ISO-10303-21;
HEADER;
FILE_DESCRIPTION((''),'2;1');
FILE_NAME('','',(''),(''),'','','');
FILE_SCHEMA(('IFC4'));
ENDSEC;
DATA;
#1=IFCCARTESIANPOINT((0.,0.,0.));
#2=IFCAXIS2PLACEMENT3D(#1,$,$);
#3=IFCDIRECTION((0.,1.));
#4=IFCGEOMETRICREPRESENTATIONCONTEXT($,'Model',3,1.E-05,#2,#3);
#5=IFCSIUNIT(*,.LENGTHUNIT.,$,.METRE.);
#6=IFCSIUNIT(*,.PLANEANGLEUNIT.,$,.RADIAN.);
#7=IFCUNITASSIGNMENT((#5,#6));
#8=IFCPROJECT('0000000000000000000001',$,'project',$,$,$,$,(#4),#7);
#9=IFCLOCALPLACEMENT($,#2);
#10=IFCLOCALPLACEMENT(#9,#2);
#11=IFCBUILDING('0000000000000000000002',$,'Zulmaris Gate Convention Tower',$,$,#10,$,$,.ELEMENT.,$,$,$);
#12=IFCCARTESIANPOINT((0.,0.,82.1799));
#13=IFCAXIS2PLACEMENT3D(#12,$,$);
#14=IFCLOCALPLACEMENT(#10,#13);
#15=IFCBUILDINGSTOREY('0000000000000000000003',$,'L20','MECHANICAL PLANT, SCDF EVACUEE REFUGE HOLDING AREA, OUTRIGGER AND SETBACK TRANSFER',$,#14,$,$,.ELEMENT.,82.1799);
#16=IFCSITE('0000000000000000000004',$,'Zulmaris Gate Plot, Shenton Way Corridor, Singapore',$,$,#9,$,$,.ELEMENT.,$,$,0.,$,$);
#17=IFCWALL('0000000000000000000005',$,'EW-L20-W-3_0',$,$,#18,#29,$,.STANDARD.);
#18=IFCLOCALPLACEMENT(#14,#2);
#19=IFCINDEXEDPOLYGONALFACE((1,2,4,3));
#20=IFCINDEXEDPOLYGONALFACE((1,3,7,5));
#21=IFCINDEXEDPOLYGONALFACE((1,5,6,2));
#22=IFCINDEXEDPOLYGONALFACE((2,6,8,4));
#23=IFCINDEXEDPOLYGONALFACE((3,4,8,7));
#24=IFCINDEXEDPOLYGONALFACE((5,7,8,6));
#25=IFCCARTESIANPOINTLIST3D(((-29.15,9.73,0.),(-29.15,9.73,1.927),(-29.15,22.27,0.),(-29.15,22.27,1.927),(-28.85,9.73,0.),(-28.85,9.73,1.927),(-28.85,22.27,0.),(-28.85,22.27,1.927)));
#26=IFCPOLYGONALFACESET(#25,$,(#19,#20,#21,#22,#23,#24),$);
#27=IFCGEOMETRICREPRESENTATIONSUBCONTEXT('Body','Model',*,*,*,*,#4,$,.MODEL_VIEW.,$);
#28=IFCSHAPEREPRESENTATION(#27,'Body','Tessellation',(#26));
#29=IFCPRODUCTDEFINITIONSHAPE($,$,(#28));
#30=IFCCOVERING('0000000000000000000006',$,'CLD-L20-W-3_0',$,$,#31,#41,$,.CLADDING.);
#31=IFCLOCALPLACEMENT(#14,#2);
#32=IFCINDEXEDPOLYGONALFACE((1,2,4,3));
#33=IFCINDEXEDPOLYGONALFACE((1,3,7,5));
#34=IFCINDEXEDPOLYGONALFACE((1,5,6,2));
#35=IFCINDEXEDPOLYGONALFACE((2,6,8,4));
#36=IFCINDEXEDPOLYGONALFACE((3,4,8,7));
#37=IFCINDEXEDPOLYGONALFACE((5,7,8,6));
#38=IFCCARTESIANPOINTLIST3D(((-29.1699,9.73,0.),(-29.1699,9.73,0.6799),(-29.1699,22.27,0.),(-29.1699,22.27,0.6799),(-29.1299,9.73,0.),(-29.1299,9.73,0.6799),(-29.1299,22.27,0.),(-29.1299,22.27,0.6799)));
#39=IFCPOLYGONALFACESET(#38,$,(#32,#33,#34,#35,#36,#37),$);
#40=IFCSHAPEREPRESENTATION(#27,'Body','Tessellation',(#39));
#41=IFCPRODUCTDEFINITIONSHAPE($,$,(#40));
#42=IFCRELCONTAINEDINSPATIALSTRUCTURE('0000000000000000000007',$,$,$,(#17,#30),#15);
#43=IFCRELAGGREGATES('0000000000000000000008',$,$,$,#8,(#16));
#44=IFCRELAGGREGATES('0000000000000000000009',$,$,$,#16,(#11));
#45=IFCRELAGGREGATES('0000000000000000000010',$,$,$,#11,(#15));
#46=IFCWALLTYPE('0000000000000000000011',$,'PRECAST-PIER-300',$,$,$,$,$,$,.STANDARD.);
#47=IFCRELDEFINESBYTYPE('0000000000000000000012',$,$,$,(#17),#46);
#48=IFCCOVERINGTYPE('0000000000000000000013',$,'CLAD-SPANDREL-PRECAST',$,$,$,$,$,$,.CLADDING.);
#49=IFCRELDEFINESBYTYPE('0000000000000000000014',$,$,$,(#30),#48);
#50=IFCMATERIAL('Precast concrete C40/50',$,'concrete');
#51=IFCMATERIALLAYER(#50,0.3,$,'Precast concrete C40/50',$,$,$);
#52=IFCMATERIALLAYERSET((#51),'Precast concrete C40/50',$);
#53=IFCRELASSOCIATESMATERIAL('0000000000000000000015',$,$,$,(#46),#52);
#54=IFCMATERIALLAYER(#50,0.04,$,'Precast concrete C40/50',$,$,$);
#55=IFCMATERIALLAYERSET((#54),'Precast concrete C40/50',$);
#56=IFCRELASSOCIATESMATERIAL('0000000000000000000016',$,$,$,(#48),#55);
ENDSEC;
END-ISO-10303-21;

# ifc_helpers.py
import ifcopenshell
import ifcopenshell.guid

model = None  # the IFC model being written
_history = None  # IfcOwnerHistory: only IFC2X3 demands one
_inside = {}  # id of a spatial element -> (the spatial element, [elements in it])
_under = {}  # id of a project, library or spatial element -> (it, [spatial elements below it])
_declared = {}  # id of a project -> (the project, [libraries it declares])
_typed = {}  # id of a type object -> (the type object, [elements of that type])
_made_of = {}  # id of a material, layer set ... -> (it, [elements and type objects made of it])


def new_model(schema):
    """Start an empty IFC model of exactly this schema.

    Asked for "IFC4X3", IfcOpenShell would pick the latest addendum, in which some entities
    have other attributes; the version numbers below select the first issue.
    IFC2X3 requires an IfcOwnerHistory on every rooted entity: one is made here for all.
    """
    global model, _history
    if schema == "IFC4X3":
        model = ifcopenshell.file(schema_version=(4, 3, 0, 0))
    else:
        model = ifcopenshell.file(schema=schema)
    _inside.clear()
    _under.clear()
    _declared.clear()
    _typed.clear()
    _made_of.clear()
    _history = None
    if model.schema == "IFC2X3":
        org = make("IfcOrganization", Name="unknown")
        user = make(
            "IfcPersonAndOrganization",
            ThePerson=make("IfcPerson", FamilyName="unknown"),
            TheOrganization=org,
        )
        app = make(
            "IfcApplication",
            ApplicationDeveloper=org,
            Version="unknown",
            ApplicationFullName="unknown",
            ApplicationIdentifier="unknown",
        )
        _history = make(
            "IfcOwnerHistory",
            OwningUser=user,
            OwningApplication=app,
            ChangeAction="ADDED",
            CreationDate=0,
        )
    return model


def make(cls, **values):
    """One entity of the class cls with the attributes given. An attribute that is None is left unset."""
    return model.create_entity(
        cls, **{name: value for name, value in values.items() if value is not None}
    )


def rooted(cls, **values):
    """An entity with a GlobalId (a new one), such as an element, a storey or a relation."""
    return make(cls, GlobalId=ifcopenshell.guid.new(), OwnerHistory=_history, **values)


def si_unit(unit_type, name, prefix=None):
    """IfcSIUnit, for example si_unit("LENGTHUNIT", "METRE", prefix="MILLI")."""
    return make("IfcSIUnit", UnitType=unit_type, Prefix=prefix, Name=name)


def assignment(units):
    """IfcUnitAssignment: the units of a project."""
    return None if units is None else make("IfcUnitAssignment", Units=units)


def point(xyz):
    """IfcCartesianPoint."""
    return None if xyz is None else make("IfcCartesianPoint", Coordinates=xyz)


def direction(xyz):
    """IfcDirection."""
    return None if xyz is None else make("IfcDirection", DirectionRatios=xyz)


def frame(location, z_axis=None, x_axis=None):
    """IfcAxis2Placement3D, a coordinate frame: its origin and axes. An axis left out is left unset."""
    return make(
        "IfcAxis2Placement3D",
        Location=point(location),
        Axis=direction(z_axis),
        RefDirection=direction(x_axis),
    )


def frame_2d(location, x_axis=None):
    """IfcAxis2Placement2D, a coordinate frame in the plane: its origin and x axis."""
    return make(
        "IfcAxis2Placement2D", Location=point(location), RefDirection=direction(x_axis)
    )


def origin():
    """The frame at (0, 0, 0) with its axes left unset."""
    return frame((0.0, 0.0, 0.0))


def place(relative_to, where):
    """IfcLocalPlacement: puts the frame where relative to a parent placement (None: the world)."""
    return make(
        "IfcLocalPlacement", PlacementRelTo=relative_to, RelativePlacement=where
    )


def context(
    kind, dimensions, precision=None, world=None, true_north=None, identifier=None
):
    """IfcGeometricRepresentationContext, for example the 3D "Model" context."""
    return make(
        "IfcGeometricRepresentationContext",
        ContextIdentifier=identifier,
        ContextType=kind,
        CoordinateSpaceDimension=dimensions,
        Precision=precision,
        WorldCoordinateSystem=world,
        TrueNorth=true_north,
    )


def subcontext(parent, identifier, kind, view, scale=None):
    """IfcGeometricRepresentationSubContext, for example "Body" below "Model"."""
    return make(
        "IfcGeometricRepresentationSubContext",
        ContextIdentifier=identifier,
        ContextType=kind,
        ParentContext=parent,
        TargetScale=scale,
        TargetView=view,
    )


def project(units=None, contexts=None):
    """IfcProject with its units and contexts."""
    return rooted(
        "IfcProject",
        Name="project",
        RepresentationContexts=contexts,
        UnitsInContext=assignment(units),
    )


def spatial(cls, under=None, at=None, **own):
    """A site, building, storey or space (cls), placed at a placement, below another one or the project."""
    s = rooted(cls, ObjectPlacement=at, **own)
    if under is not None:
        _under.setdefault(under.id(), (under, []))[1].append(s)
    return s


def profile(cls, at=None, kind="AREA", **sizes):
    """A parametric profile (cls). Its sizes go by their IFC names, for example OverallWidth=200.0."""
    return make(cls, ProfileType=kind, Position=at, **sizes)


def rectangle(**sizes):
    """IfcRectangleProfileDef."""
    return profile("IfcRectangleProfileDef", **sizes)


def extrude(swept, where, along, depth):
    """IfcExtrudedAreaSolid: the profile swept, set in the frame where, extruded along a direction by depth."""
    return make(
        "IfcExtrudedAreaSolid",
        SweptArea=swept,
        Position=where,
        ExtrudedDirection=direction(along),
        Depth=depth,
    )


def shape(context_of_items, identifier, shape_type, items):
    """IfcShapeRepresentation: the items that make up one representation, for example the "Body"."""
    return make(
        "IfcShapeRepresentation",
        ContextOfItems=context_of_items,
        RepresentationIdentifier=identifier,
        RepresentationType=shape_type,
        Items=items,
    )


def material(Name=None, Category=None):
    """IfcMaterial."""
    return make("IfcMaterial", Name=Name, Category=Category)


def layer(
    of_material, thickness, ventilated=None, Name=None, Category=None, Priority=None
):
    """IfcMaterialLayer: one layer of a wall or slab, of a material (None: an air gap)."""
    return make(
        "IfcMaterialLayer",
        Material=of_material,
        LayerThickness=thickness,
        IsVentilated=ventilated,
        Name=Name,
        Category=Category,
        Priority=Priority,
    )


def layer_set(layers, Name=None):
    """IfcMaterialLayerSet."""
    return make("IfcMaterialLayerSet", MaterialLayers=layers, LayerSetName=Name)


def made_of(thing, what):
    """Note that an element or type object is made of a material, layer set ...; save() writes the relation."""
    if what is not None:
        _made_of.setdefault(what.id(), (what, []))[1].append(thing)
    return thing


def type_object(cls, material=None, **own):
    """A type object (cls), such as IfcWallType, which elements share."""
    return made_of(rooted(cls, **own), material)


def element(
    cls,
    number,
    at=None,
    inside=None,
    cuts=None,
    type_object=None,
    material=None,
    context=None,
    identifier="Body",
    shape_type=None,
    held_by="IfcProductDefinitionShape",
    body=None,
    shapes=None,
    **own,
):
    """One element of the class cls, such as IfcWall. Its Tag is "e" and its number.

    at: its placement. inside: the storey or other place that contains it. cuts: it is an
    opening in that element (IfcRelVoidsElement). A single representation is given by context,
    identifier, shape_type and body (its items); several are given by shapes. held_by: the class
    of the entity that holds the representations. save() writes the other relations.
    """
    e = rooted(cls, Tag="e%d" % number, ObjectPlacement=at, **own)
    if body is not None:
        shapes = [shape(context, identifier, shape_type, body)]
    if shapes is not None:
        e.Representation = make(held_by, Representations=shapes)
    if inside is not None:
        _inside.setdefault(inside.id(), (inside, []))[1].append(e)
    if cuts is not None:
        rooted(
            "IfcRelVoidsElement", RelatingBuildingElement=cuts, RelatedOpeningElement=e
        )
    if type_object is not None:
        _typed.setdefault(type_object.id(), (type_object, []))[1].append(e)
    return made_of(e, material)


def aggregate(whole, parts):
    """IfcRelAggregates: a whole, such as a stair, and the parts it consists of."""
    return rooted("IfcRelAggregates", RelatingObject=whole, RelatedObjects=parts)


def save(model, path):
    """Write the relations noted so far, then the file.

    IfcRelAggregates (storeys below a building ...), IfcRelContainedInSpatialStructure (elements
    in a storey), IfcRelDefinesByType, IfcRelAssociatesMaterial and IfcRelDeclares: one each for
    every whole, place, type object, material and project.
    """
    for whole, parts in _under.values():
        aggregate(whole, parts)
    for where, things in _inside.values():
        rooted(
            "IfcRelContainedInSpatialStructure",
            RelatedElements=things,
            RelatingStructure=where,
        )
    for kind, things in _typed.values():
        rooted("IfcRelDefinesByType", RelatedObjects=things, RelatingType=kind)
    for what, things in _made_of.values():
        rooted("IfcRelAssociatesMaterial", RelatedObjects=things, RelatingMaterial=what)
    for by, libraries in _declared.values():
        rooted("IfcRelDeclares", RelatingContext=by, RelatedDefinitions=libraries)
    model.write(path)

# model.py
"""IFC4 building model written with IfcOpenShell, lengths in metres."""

from ifc_helpers import new_model, si_unit, direction, frame, frame_2d, origin, place, context, subcontext, project, spatial, rectangle, extrude, material, layer, layer_set, type_object, element, save


model = new_model("IFC4")

# Units and contexts
model_context = context("Model", 3, precision=1e-05, world=origin(), true_north=direction((0.0, 1.0)))
body_context = subcontext(model_context, "Body", "Model", "MODEL_VIEW")
ifc_project = project(units=[si_unit("LENGTHUNIT", "METRE"), si_unit("PLANEANGLEUNIT", "RADIAN")], contexts=[model_context])

# Site, building, storey
site_placement = place(None, origin())
site = spatial("IfcSite", under=ifc_project, at=site_placement, Name="Zulmaris Gate Plot, Shenton Way Corridor, Singapore", CompositionType="ELEMENT", RefElevation=0.0)
building_placement = place(site_placement, origin())
building = spatial("IfcBuilding", under=site, at=building_placement, Name="Zulmaris Gate Convention Tower", CompositionType="ELEMENT")
storey_placement = place(building_placement, frame((0.0, 0.0, 82.1799)))
storey = spatial("IfcBuildingStorey", under=building, at=storey_placement, Name="L20", Description="MECHANICAL PLANT, SCDF EVACUEE REFUGE HOLDING AREA, OUTRIGGER AND SETBACK TRANSFER", CompositionType="ELEMENT", Elevation=82.1799)

# Wall
ifc_material_1 = material(Name="Precast concrete C40/50", Category="concrete")
ifc_layer_1 = layer(ifc_material_1, 0.3, Name="Precast concrete C40/50")
ifc_layer_set_1 = layer_set([ifc_layer_1], Name="Precast concrete C40/50")
wall_type_1 = type_object("IfcWallType", Name="PRECAST-PIER-300", PredefinedType="STANDARD", material=ifc_layer_set_1)
wall_1_placement = place(storey_placement, frame((-29.0, 22.27, 0.0), z_axis=(0.0, 0.0, 1.0), x_axis=(0.0, -1.0, 0.0)))
element("IfcWall", 1, at=wall_1_placement, inside=storey, type_object=wall_type_1, Name="EW-L20-W-3_0", PredefinedType="STANDARD", context=body_context, shape_type="SweptSolid", body=[
    extrude(rectangle(XDim=12.54, YDim=0.3, at=frame_2d((6.27, 0.0))), origin(), (0.0, 0.0, 1.0), 1.927),
])

# Covering
ifc_layer_2 = layer(ifc_material_1, 0.04, Name="Precast concrete C40/50")
ifc_layer_set_2 = layer_set([ifc_layer_2], Name="Precast concrete C40/50")
covering_type = type_object("IfcCoveringType", Name="CLAD-SPANDREL-PRECAST", PredefinedType="CLADDING", material=ifc_layer_set_2)
covering_placement = place(storey_placement, frame((-29.1499, 22.27, 0.0), z_axis=(0.0, 0.0, 1.0), x_axis=(0.0, -1.0, 0.0)))
element("IfcCovering", 2, at=covering_placement, inside=storey, type_object=covering_type, Name="CLD-L20-W-3_0", PredefinedType="CLADDING", context=body_context, shape_type="SweptSolid", body=[
    extrude(rectangle(XDim=12.54, YDim=0.04, at=frame_2d((6.27, 0.0))), origin(), (0.0, 0.0, 1.0), 0.6799),
])

save(model, "model.ifc")
